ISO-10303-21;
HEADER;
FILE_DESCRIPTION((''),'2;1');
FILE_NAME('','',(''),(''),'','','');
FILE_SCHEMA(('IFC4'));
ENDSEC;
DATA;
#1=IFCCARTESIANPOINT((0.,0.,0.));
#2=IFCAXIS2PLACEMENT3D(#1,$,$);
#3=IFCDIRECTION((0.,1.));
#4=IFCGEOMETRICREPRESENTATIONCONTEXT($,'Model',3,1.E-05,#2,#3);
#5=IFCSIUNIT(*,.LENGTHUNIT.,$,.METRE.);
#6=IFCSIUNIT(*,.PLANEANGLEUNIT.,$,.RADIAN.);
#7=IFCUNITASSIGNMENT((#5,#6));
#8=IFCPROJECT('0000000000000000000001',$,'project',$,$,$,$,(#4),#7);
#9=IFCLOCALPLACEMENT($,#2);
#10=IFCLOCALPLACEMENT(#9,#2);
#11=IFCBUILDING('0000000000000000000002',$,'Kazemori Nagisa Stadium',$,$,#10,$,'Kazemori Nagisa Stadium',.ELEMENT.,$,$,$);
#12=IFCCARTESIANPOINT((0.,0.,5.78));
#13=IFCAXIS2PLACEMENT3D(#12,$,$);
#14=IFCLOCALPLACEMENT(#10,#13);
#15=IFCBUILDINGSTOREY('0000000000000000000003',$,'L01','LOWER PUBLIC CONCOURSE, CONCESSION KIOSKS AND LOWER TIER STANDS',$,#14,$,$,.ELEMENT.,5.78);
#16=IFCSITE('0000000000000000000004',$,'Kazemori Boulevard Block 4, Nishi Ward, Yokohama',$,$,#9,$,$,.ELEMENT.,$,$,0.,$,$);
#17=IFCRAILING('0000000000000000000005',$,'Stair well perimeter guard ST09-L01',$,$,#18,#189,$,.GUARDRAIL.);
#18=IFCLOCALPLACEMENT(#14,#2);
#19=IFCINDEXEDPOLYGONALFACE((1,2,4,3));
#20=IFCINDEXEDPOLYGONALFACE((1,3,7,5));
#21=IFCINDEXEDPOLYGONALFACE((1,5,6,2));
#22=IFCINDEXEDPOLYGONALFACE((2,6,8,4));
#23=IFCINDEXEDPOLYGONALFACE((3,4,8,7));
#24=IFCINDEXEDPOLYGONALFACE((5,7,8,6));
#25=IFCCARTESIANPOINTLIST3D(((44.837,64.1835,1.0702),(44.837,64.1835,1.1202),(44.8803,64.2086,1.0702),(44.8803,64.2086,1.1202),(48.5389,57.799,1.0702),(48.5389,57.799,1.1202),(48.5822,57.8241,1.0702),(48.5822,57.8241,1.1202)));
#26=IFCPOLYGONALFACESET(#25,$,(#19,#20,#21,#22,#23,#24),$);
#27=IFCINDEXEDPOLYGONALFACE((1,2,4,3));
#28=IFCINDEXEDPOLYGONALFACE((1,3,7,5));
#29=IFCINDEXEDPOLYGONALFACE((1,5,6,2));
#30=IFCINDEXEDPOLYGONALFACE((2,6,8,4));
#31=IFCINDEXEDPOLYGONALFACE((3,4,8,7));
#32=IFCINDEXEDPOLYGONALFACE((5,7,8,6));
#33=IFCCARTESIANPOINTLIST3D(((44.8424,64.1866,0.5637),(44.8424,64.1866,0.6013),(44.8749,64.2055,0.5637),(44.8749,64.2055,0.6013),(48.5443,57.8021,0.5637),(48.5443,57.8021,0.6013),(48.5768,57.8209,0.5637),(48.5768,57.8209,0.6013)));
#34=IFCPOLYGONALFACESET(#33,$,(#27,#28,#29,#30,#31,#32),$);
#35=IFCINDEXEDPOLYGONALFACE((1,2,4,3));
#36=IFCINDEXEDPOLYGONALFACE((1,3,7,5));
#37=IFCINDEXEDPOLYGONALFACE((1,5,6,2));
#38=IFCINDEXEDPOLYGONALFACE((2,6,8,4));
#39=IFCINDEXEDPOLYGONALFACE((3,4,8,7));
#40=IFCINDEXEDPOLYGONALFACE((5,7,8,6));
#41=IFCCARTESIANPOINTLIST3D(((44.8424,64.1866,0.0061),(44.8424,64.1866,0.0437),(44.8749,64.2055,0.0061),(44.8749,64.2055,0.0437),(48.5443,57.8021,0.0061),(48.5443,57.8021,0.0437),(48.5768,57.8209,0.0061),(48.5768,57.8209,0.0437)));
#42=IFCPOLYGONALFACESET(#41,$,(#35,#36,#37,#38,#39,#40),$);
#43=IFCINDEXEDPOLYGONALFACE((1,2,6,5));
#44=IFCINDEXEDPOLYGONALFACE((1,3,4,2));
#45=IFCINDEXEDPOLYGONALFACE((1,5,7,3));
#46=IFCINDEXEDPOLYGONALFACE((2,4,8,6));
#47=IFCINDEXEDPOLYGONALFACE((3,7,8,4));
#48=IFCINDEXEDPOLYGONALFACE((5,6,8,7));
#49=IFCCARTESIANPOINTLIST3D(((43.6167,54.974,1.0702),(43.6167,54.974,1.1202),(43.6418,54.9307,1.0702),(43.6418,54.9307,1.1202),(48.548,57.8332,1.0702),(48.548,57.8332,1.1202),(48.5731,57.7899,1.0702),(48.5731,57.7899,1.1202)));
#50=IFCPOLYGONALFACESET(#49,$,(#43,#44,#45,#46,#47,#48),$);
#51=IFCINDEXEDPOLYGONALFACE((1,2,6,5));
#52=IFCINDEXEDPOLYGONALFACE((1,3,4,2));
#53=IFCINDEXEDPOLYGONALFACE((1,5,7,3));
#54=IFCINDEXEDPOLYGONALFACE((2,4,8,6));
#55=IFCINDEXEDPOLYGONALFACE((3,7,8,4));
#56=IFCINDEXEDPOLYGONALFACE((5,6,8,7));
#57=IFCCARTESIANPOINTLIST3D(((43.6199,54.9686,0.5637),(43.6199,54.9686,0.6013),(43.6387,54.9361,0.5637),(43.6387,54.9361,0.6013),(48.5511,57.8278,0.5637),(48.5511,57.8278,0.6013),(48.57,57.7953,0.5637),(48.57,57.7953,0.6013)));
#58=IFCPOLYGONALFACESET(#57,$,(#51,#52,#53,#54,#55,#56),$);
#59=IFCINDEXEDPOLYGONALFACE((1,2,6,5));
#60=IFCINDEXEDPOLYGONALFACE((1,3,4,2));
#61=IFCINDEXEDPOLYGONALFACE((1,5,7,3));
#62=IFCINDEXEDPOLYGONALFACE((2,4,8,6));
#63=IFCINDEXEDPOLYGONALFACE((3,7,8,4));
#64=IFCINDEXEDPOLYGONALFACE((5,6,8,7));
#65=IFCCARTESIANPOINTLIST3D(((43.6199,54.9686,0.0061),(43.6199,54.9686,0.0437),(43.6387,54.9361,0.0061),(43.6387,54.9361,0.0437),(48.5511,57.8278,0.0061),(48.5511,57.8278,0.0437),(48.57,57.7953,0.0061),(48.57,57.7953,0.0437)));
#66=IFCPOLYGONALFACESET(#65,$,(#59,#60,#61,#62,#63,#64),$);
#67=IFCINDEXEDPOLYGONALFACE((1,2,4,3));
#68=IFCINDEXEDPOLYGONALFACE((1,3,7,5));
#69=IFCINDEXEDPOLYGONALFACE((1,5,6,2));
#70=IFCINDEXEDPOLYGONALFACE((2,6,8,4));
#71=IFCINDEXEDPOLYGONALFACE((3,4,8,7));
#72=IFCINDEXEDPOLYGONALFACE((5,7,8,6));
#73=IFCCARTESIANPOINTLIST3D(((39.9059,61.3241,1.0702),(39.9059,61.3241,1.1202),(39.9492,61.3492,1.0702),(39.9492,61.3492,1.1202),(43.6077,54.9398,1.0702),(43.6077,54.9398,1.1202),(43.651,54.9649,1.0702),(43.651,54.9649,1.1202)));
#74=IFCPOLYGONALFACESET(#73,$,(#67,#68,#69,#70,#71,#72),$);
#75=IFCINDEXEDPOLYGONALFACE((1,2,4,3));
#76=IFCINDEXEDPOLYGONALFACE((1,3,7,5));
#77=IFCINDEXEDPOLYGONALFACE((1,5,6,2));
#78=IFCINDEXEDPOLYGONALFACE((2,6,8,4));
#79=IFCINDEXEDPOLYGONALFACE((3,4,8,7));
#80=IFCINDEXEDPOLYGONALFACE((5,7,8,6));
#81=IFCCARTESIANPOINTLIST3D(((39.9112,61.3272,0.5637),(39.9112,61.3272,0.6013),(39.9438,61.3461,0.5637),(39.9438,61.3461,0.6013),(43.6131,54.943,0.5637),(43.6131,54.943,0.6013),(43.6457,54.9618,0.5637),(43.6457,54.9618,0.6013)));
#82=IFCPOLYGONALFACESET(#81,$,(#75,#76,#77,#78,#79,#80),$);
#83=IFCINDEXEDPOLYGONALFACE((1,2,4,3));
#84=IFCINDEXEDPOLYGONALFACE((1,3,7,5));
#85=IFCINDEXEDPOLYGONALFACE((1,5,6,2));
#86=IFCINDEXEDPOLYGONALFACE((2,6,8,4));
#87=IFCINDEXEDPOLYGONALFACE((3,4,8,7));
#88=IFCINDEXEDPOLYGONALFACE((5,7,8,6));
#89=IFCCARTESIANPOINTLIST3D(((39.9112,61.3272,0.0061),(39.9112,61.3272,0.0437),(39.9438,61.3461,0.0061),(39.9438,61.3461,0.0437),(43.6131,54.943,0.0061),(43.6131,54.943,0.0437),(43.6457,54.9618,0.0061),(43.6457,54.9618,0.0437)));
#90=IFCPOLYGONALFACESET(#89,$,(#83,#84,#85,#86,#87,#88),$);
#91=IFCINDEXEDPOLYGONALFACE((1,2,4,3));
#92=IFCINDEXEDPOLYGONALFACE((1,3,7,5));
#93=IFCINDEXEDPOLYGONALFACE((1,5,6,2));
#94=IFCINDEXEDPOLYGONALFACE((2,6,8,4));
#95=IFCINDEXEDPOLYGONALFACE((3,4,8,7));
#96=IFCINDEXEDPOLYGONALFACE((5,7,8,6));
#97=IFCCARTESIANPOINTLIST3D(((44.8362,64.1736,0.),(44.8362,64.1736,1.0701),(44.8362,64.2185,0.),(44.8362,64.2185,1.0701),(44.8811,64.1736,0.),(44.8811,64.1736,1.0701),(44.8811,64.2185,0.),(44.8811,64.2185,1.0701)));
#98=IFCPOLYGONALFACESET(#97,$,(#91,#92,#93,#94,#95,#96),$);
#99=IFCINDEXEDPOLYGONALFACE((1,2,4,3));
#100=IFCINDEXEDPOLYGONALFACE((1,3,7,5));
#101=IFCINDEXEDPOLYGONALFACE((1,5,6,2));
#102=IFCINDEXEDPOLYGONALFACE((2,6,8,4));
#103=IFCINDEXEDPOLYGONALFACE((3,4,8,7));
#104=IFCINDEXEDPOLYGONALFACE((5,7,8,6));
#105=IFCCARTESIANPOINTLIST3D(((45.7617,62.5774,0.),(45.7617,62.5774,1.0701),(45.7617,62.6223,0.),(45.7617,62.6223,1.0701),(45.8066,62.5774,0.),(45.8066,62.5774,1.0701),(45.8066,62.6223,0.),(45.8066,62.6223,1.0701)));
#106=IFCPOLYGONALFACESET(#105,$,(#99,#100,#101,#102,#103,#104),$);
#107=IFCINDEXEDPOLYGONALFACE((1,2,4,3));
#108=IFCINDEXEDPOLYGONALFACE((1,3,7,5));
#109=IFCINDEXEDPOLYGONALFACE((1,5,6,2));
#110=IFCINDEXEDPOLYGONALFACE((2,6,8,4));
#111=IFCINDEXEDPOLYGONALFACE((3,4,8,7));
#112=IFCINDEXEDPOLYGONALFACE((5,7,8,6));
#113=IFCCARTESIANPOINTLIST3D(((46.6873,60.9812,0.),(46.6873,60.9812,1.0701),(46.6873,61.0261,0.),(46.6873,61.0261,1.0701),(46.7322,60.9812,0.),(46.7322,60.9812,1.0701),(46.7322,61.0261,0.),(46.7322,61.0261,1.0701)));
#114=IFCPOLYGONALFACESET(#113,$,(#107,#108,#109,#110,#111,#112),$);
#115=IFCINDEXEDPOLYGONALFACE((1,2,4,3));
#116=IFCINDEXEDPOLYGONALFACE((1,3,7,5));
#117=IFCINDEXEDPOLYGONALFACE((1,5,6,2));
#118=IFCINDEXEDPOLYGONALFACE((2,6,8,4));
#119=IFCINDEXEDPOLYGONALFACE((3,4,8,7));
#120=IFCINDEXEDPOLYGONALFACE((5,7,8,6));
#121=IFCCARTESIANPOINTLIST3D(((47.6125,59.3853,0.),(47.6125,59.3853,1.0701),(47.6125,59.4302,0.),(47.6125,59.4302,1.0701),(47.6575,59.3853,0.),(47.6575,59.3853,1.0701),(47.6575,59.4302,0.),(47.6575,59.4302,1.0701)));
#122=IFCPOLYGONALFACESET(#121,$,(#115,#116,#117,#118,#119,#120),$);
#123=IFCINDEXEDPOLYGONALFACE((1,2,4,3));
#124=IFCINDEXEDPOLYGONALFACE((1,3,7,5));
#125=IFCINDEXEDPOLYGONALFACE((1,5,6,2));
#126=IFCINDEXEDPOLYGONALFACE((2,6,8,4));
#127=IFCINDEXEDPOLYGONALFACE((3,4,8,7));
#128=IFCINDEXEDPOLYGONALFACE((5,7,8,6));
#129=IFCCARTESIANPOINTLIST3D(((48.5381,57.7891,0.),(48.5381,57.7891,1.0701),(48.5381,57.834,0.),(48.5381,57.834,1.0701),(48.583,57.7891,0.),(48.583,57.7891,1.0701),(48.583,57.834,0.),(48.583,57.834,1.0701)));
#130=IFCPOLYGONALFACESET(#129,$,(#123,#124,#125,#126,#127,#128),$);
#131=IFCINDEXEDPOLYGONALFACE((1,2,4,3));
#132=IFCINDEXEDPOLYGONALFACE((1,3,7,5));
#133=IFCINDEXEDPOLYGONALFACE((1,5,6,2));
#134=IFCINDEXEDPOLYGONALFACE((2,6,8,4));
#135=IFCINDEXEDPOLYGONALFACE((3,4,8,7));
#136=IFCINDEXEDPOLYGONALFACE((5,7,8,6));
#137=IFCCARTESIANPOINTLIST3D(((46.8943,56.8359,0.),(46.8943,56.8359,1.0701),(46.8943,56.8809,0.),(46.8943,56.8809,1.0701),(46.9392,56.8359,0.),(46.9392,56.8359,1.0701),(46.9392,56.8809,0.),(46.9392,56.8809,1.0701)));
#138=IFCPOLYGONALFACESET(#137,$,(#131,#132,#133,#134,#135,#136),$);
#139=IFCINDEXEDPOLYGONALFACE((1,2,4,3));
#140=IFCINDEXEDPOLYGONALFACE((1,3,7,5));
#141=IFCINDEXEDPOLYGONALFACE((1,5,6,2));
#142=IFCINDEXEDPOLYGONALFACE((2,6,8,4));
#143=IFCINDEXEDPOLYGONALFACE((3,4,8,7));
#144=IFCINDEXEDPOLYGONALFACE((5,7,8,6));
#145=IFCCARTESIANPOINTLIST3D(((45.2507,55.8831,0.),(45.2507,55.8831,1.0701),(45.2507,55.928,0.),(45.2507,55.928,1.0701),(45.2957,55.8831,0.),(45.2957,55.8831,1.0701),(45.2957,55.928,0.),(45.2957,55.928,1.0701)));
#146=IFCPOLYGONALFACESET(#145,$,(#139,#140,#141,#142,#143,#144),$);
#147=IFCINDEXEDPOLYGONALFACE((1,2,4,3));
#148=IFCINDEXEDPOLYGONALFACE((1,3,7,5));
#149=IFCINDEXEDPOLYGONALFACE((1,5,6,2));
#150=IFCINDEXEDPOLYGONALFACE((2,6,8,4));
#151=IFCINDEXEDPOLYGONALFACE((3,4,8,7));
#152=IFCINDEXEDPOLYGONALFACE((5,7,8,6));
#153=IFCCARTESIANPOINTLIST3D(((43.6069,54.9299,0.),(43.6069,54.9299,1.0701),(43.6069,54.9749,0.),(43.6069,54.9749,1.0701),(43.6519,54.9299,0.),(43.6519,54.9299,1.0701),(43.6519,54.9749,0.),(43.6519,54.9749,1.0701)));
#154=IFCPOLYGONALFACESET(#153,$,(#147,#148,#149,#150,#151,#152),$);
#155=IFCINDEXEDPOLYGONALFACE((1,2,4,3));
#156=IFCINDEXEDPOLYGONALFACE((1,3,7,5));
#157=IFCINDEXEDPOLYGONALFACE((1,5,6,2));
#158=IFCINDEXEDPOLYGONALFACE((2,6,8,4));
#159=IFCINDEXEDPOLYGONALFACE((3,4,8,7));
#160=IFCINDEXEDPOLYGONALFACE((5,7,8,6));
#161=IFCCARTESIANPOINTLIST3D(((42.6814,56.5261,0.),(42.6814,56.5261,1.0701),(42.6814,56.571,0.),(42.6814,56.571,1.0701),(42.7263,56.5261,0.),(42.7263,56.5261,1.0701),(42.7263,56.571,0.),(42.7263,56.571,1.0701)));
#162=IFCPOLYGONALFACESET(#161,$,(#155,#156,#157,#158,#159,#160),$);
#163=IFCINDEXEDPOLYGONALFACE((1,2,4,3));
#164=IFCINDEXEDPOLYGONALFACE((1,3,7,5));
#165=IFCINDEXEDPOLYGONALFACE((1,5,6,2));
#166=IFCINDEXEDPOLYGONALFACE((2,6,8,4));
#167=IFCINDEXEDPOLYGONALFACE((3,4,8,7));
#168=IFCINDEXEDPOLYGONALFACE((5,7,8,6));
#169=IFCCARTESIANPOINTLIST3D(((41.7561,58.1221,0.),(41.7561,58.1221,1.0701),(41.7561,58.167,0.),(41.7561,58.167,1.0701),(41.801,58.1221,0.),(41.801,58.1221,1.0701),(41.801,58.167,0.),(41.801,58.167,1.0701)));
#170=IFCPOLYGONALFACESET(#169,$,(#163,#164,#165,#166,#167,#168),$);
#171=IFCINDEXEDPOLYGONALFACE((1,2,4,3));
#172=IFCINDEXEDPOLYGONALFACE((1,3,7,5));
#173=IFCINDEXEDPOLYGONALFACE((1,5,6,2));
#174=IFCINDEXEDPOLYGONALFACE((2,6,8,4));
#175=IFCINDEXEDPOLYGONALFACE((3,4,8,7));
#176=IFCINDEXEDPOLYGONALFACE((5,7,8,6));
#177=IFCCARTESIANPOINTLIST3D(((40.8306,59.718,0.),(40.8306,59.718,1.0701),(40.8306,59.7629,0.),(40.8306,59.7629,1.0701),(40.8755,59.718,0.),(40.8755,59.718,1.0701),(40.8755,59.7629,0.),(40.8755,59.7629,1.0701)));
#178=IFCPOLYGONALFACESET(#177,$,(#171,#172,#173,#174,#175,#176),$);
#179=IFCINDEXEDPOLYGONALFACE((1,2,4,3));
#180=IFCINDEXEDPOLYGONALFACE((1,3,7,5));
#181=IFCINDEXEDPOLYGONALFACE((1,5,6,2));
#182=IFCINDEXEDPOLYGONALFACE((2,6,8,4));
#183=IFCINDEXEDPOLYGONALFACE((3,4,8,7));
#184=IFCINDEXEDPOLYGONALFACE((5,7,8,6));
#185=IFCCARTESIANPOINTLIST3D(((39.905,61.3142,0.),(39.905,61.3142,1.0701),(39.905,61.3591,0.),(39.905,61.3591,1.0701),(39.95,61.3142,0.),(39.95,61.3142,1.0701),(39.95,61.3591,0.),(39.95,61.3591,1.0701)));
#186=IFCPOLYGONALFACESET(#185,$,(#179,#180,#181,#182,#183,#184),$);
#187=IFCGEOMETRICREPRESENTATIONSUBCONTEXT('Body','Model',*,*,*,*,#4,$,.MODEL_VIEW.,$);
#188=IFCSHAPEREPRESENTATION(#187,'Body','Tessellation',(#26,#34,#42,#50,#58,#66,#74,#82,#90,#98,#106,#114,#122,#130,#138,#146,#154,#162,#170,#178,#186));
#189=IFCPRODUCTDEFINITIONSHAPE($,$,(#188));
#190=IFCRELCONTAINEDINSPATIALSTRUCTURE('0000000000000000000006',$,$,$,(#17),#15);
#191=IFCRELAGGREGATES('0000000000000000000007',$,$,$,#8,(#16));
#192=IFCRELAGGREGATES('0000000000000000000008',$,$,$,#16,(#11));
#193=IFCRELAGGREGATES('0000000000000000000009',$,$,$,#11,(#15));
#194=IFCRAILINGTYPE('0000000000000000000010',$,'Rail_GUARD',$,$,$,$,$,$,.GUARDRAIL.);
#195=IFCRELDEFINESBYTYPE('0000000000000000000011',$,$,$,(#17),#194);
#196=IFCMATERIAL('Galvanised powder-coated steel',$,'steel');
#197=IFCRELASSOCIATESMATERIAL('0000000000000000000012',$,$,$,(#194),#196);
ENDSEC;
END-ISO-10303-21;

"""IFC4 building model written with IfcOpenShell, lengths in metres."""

from ifc_helpers import new_model, si_unit, direction, frame, origin, origin_2d, place, context, subcontext, project, spatial, rectangle, extrude, material, type_object, element, save


model = new_model("IFC4")

# Units and contexts
model_context = context("Model", 3, precision=1e-05, world=origin(), true_north=direction((0.0, 1.0)))
body_context = subcontext(model_context, "Body", "Model", "MODEL_VIEW")
ifc_project = project(units=[si_unit("LENGTHUNIT", "METRE"), si_unit("PLANEANGLEUNIT", "RADIAN")], contexts=[model_context])

# Site, building, storey
site_placement = place(None, origin())
site = spatial("IfcSite", under=ifc_project, at=site_placement, Name="Kazemori Boulevard Block 4, Nishi Ward, Yokohama", CompositionType="ELEMENT", RefElevation=0.0)
building_placement = place(site_placement, origin())
building = spatial("IfcBuilding", under=site, at=building_placement, Name="Kazemori Nagisa Stadium", LongName="Kazemori Nagisa Stadium", CompositionType="ELEMENT")
storey_placement = place(building_placement, frame((0.0, 0.0, 5.78)))
storey = spatial("IfcBuildingStorey", under=building, at=storey_placement, Name="L01", Description="LOWER PUBLIC CONCOURSE, CONCESSION KIOSKS AND LOWER TIER STANDS", CompositionType="ELEMENT", Elevation=5.78)

# Railing
ifc_material_1 = material(Name="Galvanised powder-coated steel", Category="steel")
railing_type_1 = type_object("IfcRailingType", Name="Rail_GUARD", PredefinedType="GUARDRAIL", material=ifc_material_1)
railing_1_placement = place(storey_placement, frame((44.8586, 64.196, 0.0)))
element("IfcRailing", 1, at=railing_1_placement, inside=storey, type_object=railing_type_1, Name="Stair well perimeter guard ST09-L01", PredefinedType="GUARDRAIL", context=body_context, shape_type="SweptSolid", body=[
    extrude(rectangle(XDim=0.05, YDim=0.05, at=origin_2d()), frame((0.0, 0.0, 1.0952), z_axis=(0.501605, -0.865097, 0.0), x_axis=(0.865097, 0.501605, 0.0)), (0.0, 0.0, 1.0), 7.3801),
    extrude(rectangle(XDim=0.0376, YDim=0.0376, at=origin_2d()), frame((0.0, 0.0, 0.5825), z_axis=(0.501605, -0.865097, 0.0), x_axis=(0.865097, 0.501605, 0.0)), (0.0, 0.0, 1.0), 7.3801),
    extrude(rectangle(XDim=0.0376, YDim=0.0376, at=origin_2d()), frame((0.0, 0.0, 0.0249), z_axis=(0.501605, -0.865097, 0.0), x_axis=(0.865097, 0.501605, 0.0)), (0.0, 0.0, 1.0), 7.3801),
    extrude(rectangle(XDim=0.05, YDim=0.05, at=origin_2d()), frame((3.7019, -6.3845, 1.0952), z_axis=(-0.865103, -0.501595, 0.0), x_axis=(0.501595, -0.865103, 0.0)), (0.0, 0.0, 1.0), 5.7002),
    extrude(rectangle(XDim=0.0376, YDim=0.0376, at=origin_2d()), frame((3.7019, -6.3845, 0.5825), z_axis=(-0.865103, -0.501595, 0.0), x_axis=(0.501595, -0.865103, 0.0)), (0.0, 0.0, 1.0), 5.7002),
    extrude(rectangle(XDim=0.0376, YDim=0.0376, at=origin_2d()), frame((3.7019, -6.3845, 0.0249), z_axis=(-0.865103, -0.501595, 0.0), x_axis=(0.501595, -0.865103, 0.0)), (0.0, 0.0, 1.0), 5.7002),
    extrude(rectangle(XDim=0.05, YDim=0.05, at=origin_2d()), frame((-1.2292, -9.2437, 1.0952), z_axis=(-0.501619, 0.865089, 0.0), x_axis=(-0.865089, -0.501619, 0.0)), (0.0, 0.0, 1.0), 7.3799),
    extrude(rectangle(XDim=0.0376, YDim=0.0376, at=origin_2d()), frame((-1.2292, -9.2437, 0.5825), z_axis=(-0.501619, 0.865089, 0.0), x_axis=(-0.865089, -0.501619, 0.0)), (0.0, 0.0, 1.0), 7.3799),
    extrude(rectangle(XDim=0.0376, YDim=0.0376, at=origin_2d()), frame((-1.2292, -9.2437, 0.0249), z_axis=(-0.501619, 0.865089, 0.0), x_axis=(-0.865089, -0.501619, 0.0)), (0.0, 0.0, 1.0), 7.3799),
    extrude(rectangle(XDim=0.0449, YDim=0.0449, at=origin_2d()), origin(), (0.0, 0.0, 1.0), 1.0701),
    extrude(rectangle(XDim=0.0449, YDim=0.0449, at=origin_2d()), frame((0.9255, -1.5962, 0.0)), (0.0, 0.0, 1.0), 1.0701),
    extrude(rectangle(XDim=0.0449, YDim=0.0449, at=origin_2d()), frame((1.8511, -3.1924, 0.0)), (0.0, 0.0, 1.0), 1.0701),
    extrude(rectangle(XDim=0.0449, YDim=0.0449, at=origin_2d()), frame((2.7764, -4.7883, 0.0)), (0.0, 0.0, 1.0), 1.0701),
    extrude(rectangle(XDim=0.0449, YDim=0.0449, at=origin_2d()), frame((3.7019, -6.3845, 0.0)), (0.0, 0.0, 1.0), 1.0701),
    extrude(rectangle(XDim=0.0449, YDim=0.0449, at=origin_2d()), frame((2.0581, -7.3376, 0.0)), (0.0, 0.0, 1.0), 1.0701),
    extrude(rectangle(XDim=0.0449, YDim=0.0449, at=origin_2d()), frame((0.4146, -8.2905, 0.0)), (0.0, 0.0, 1.0), 1.0701),
    extrude(rectangle(XDim=0.0449, YDim=0.0449, at=origin_2d()), frame((-1.2292, -9.2437, 0.0)), (0.0, 0.0, 1.0), 1.0701),
    extrude(rectangle(XDim=0.0449, YDim=0.0449, at=origin_2d()), frame((-2.1548, -7.6475, 0.0)), (0.0, 0.0, 1.0), 1.0701),
    extrude(rectangle(XDim=0.0449, YDim=0.0449, at=origin_2d()), frame((-3.0801, -6.0515, 0.0)), (0.0, 0.0, 1.0), 1.0701),
    extrude(rectangle(XDim=0.0449, YDim=0.0449, at=origin_2d()), frame((-4.0056, -4.4556, 0.0)), (0.0, 0.0, 1.0), 1.0701),
    extrude(rectangle(XDim=0.0449, YDim=0.0449, at=origin_2d()), frame((-4.9312, -2.8594, 0.0)), (0.0, 0.0, 1.0), 1.0701),
])

save(model, "model.ifc")
